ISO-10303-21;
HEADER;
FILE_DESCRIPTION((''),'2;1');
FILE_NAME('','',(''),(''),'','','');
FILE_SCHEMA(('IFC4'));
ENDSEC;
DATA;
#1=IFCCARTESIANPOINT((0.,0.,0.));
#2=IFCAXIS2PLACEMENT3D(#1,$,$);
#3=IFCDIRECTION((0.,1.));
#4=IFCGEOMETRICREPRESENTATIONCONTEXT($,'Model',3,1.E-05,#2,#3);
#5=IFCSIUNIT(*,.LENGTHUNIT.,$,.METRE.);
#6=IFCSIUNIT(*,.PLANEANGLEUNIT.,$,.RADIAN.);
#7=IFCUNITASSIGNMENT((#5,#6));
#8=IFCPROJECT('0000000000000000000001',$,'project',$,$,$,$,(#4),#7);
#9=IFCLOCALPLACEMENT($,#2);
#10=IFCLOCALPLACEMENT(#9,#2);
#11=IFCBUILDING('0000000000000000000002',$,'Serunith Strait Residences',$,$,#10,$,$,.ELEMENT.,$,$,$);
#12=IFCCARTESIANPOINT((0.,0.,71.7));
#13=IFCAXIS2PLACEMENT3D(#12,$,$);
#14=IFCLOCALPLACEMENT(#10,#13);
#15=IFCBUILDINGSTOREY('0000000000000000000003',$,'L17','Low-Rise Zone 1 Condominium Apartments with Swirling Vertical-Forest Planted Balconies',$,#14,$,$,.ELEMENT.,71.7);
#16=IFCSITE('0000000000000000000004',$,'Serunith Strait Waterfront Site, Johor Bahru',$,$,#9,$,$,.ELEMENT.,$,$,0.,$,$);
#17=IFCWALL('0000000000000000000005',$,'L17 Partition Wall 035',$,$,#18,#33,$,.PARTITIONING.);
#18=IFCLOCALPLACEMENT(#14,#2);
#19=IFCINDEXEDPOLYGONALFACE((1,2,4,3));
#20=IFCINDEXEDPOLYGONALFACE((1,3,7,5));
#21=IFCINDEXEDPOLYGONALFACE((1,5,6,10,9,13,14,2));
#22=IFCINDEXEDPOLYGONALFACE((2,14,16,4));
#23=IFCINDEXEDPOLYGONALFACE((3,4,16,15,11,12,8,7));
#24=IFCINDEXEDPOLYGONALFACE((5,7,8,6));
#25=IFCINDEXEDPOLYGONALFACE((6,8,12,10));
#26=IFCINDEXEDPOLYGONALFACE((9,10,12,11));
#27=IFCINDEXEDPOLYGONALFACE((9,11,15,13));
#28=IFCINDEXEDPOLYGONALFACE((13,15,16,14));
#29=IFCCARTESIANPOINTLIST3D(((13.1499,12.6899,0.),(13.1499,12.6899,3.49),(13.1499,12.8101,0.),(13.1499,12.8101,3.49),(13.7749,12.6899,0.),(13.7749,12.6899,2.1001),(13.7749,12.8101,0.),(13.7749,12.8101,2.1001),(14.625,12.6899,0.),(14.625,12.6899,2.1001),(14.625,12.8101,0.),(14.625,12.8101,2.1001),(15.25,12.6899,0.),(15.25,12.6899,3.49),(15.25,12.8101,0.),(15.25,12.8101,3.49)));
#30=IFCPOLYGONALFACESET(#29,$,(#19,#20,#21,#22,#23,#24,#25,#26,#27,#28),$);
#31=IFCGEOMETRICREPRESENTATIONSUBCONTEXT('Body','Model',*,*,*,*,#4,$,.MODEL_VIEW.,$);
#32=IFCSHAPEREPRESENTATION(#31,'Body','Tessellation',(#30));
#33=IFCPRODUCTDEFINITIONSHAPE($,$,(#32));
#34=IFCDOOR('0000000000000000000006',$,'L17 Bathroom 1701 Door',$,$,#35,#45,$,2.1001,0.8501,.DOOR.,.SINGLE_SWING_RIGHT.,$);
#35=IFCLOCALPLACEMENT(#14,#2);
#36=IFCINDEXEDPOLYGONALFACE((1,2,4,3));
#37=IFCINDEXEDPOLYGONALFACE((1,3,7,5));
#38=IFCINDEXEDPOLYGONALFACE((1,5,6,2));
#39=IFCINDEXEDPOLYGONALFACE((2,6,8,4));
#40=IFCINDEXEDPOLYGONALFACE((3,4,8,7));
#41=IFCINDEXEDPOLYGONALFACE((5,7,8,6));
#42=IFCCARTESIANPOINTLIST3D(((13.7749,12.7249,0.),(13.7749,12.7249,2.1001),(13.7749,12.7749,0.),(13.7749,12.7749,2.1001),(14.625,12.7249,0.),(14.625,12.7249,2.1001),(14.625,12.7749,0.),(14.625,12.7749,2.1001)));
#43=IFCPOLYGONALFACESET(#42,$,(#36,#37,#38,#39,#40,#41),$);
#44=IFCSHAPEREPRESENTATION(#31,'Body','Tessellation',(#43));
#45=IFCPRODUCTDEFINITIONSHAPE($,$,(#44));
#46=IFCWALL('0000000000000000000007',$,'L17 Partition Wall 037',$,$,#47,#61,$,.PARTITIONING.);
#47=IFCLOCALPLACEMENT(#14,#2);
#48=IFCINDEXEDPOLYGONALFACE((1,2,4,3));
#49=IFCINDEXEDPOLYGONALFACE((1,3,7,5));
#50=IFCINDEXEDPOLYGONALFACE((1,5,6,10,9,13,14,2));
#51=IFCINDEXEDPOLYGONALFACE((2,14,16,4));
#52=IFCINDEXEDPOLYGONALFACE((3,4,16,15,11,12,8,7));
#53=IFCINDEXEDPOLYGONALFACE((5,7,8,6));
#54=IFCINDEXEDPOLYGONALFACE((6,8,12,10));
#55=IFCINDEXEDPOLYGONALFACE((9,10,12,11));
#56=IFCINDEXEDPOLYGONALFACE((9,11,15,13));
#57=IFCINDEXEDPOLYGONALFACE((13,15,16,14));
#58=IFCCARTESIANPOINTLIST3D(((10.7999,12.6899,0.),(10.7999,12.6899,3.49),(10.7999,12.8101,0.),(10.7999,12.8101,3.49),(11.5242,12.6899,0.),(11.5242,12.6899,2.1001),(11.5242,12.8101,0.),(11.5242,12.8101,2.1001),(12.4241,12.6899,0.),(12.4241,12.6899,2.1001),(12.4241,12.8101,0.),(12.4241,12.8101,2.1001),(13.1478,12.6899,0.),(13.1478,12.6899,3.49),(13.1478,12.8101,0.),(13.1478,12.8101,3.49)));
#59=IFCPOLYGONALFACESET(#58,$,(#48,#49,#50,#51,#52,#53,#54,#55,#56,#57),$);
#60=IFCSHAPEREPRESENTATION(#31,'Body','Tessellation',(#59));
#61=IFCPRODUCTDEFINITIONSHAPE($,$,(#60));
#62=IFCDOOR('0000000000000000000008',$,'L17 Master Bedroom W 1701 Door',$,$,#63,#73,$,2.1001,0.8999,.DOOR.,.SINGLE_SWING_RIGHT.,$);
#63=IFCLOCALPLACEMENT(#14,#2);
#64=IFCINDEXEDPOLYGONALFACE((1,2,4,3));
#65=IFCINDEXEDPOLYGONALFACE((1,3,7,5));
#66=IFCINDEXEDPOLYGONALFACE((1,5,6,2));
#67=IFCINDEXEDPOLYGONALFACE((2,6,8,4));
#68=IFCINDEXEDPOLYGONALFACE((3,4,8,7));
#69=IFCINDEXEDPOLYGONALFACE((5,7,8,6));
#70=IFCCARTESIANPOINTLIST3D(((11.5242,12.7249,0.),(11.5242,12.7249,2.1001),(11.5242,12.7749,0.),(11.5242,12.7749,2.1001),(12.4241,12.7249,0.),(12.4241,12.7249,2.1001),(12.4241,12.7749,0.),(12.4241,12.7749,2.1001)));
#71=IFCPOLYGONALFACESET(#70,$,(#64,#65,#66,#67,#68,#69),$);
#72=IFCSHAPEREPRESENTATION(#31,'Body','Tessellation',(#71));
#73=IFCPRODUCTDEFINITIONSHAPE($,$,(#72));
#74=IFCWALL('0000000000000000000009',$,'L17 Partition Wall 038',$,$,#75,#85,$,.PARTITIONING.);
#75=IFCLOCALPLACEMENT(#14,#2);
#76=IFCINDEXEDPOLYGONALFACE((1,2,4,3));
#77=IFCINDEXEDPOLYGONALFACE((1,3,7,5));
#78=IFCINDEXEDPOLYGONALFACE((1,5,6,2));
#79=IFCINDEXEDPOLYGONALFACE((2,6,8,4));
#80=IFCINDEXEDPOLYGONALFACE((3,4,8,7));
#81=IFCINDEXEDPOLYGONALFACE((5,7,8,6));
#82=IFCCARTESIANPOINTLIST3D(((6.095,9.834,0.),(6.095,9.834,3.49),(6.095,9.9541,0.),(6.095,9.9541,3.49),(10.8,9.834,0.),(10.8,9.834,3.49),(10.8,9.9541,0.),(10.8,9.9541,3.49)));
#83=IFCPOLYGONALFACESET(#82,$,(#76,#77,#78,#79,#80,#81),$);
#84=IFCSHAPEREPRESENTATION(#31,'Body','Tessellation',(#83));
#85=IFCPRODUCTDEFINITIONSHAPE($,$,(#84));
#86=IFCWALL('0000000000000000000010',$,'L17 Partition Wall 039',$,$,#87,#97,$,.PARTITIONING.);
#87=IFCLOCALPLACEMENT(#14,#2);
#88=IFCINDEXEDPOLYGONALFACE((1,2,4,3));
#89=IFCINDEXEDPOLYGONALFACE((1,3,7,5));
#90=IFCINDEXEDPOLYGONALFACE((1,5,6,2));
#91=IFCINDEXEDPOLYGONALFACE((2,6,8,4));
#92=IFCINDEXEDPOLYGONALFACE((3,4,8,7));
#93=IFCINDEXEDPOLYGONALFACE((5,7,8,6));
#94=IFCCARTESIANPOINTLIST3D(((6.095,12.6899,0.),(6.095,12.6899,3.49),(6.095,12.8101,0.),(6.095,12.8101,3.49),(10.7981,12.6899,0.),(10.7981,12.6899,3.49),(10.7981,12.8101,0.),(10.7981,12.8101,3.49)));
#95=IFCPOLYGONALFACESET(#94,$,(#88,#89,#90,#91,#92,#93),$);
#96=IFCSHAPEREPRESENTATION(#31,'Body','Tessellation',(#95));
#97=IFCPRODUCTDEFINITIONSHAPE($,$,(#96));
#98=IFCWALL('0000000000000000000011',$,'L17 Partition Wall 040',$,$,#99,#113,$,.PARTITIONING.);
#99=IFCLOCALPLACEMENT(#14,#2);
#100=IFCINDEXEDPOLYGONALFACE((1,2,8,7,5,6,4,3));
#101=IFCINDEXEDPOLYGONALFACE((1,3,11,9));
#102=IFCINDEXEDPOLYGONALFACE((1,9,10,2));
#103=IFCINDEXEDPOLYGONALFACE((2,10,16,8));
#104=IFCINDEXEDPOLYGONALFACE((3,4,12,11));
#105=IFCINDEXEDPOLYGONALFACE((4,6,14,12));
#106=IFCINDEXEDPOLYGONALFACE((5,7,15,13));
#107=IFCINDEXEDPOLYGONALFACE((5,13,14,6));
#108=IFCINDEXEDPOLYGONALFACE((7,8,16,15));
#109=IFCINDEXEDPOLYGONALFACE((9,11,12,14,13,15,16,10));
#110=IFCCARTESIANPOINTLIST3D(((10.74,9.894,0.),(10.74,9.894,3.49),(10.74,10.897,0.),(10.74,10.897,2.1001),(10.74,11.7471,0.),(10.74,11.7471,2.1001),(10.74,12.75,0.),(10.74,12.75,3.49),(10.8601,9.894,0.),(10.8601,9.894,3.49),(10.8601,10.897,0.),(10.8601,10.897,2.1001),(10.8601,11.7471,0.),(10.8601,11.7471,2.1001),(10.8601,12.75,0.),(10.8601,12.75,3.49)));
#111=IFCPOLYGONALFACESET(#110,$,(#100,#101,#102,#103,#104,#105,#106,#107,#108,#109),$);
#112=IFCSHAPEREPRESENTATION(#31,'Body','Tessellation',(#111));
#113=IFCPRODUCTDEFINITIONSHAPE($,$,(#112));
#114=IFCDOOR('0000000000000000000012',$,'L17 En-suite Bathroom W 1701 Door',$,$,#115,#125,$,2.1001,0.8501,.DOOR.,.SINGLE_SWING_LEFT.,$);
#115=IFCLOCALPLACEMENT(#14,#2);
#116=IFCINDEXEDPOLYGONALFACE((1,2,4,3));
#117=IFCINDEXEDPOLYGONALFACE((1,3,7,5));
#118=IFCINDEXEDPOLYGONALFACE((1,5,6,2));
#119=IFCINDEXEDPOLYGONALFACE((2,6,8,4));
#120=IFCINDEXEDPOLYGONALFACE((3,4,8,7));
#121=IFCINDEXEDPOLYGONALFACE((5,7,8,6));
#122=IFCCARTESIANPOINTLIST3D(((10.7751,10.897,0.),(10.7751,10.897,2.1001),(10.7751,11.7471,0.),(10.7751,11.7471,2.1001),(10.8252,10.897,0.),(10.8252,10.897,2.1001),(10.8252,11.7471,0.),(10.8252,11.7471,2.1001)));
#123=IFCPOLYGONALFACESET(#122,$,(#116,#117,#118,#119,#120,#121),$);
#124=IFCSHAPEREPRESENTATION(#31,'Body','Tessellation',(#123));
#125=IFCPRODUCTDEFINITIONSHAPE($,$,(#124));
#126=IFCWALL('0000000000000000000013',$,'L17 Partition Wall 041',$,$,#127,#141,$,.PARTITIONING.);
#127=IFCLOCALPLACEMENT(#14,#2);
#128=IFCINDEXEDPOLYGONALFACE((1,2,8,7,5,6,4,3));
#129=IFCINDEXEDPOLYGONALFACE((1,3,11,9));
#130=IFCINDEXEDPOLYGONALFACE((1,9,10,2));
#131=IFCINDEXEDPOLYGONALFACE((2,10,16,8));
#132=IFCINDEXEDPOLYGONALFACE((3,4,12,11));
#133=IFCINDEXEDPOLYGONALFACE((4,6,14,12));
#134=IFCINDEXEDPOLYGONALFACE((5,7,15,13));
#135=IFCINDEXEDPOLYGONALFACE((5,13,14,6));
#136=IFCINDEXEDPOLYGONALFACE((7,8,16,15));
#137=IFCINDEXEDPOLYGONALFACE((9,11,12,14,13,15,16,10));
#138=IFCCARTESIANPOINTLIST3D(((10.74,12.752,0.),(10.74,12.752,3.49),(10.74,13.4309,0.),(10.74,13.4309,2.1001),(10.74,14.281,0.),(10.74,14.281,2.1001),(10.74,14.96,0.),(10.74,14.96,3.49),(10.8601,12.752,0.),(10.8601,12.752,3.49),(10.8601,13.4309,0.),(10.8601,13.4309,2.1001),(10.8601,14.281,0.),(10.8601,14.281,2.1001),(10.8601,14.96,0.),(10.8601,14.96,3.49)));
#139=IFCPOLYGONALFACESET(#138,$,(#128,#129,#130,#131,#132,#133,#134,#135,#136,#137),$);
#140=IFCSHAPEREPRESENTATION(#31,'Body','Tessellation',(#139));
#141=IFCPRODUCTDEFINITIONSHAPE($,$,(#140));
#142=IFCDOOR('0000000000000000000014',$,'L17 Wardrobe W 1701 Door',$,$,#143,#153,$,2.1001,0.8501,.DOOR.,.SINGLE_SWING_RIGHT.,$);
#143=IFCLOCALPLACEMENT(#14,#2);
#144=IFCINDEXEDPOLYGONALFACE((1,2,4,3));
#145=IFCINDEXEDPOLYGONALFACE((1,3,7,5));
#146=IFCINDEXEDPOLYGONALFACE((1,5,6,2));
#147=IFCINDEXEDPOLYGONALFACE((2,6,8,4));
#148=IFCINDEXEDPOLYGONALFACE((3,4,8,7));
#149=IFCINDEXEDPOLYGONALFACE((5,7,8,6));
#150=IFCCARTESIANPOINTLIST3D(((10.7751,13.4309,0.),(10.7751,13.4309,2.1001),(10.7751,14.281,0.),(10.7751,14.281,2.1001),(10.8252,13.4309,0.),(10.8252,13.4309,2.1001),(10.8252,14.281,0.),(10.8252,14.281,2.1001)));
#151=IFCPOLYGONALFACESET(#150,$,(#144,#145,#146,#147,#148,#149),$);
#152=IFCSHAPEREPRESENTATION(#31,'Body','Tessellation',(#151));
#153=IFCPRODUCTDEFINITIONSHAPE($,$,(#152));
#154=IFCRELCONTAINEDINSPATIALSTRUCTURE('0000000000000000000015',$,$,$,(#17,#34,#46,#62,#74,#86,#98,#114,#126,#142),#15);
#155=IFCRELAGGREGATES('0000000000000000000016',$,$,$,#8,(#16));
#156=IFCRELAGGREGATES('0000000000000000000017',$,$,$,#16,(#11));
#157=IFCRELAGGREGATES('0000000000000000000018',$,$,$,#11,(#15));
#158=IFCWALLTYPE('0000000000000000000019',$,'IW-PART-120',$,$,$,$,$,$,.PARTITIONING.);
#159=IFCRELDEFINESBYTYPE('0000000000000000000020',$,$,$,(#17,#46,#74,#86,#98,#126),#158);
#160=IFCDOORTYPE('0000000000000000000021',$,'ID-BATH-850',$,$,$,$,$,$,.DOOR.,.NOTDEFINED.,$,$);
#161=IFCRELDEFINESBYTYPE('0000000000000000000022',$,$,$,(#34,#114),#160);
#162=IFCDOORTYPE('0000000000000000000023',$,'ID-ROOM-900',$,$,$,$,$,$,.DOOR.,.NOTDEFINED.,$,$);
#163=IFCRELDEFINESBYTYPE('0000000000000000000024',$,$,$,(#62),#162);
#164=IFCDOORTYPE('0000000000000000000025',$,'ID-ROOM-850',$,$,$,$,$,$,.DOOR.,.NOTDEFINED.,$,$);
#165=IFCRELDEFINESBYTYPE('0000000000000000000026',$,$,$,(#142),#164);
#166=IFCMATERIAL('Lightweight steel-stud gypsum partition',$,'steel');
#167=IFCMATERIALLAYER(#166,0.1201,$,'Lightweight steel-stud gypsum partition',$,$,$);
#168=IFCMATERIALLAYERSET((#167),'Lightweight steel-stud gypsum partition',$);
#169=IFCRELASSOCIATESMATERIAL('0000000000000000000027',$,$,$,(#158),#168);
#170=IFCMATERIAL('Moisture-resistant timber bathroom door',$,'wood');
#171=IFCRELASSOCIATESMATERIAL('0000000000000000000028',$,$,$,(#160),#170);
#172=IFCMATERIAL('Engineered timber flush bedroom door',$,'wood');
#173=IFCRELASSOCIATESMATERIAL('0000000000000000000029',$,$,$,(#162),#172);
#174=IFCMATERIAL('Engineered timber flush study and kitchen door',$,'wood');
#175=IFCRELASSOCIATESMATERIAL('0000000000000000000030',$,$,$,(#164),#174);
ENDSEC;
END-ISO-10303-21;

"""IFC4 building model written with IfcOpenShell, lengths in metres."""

from ifc_helpers import new_model, si_unit, direction, frame, frame_2d, origin, place, context, subcontext, project, spatial, rectangle, extrude, source, transform, mapped, material, layer, layer_set, type_object, element, fill, save


model = new_model("IFC4")

# Units and contexts
model_context = context("Model", 3, precision=1e-05, world=origin(), true_north=direction((0.0, 1.0)))
body_context = subcontext(model_context, "Body", "Model", "MODEL_VIEW")
ifc_project = project(units=[si_unit("LENGTHUNIT", "METRE"), si_unit("PLANEANGLEUNIT", "RADIAN")], contexts=[model_context])

# Site, building, storey
site_placement = place(None, origin())
site = spatial("IfcSite", under=ifc_project, at=site_placement, Name="Serunith Strait Waterfront Site, Johor Bahru", CompositionType="ELEMENT", RefElevation=0.0)
building_placement = place(site_placement, origin())
building = spatial("IfcBuilding", under=site, at=building_placement, Name="Serunith Strait Residences", CompositionType="ELEMENT")
storey_placement = place(building_placement, frame((0.0, 0.0, 71.7)))
storey = spatial("IfcBuildingStorey", under=building, at=storey_placement, Name="L17", Description="Low-Rise Zone 1 Condominium Apartments with Swirling Vertical-Forest Planted Balconies", CompositionType="ELEMENT", Elevation=71.7)

# Walls, openings, doors
ifc_material_1 = material(Name="Lightweight steel-stud gypsum partition", Category="steel")
ifc_layer_1 = layer(ifc_material_1, 0.1201, Name="Lightweight steel-stud gypsum partition")
ifc_layer_set_1 = layer_set([ifc_layer_1], Name="Lightweight steel-stud gypsum partition")
wall_type_1 = type_object("IfcWallType", Name="IW-PART-120", PredefinedType="PARTITIONING", material=ifc_layer_set_1)
wall_1_placement = place(storey_placement, frame((13.1499, 12.75, 0.0), z_axis=(0.0, 0.0, 1.0), x_axis=(1.0, 0.0, 0.0)))
wall_1 = element("IfcWall", 1, at=wall_1_placement, inside=storey, type_object=wall_type_1, Name="L17 Partition Wall 035", PredefinedType="PARTITIONING", context=body_context, shape_type="SweptSolid", body=[
    extrude(rectangle(XDim=2.1001, YDim=0.1201, at=frame_2d((1.05, 0.0))), origin(), (0.0, 0.0, 1.0), 3.49),
])
opening_1_placement = place(wall_1_placement, frame((0.625, 0.0, 0.0)))
opening_1 = element("IfcOpeningElement", 2, at=opening_1_placement, cuts=wall_1, PredefinedType="OPENING", context=body_context, shape_type="SweptSolid", body=[
    extrude(rectangle(XDim=0.8501, YDim=2.1001, at=frame_2d((0.425, 1.05))), frame((0.0, 0.0701, 0.0), z_axis=(0.0, -1.0, 0.0), x_axis=(1.0, 0.0, 0.0)), (0.0, 0.0, 1.0), 0.1401),
])
ifc_material_2 = material(Name="Moisture-resistant timber bathroom door", Category="wood")
door_type_1 = type_object("IfcDoorType", Name="ID-BATH-850", OperationType="NOTDEFINED", PredefinedType="DOOR", material=ifc_material_2)
shared_shape_1 = source(origin(), body_context, "Body", "SweptSolid", [
    extrude(rectangle(XDim=0.8501, YDim=2.1001, at=frame_2d((0.425, 1.05))), frame((0.0, 0.0249, 0.0), z_axis=(0.0, -1.0, 0.0), x_axis=(1.0, 0.0, 0.0)), (0.0, 0.0, 1.0), 0.05),
])
door_1_placement = place(opening_1_placement, origin())
door_1 = element("IfcDoor", 3, at=door_1_placement, inside=storey, type_object=door_type_1, Name="L17 Bathroom 1701 Door", OperationType="SINGLE_SWING_RIGHT", OverallHeight=2.1001, OverallWidth=0.8501, PredefinedType="DOOR", context=body_context, shape_type="MappedRepresentation", body=[
    mapped(shared_shape_1, transform((0.0, 0.0, 0.0), scale=1.0)),
])
fill(opening_1, door_1)
wall_2_placement = place(storey_placement, frame((10.8, 12.75, 0.0), z_axis=(0.0, 0.0, 1.0), x_axis=(1.0, 0.0, 0.0)))
wall_2 = element("IfcWall", 4, at=wall_2_placement, inside=storey, type_object=wall_type_1, Name="L17 Partition Wall 037", PredefinedType="PARTITIONING", context=body_context, shape_type="SweptSolid", body=[
    extrude(rectangle(XDim=2.3479, YDim=0.1201, at=frame_2d((1.1738, 0.0))), origin(), (0.0, 0.0, 1.0), 3.49),
])
opening_2_placement = place(wall_2_placement, frame((0.7241, 0.0, 0.0)))
opening_2 = element("IfcOpeningElement", 5, at=opening_2_placement, cuts=wall_2, PredefinedType="OPENING", context=body_context, shape_type="SweptSolid", body=[
    extrude(rectangle(XDim=0.8999, YDim=2.1001, at=frame_2d((0.45, 1.05))), frame((0.0, 0.0701, 0.0), z_axis=(0.0, -1.0, 0.0), x_axis=(1.0, 0.0, 0.0)), (0.0, 0.0, 1.0), 0.1401),
])
ifc_material_3 = material(Name="Engineered timber flush bedroom door", Category="wood")
door_type_2 = type_object("IfcDoorType", Name="ID-ROOM-900", OperationType="NOTDEFINED", PredefinedType="DOOR", material=ifc_material_3)
shared_shape_2 = source(origin(), body_context, "Body", "SweptSolid", [
    extrude(rectangle(XDim=0.8999, YDim=2.1001, at=frame_2d((0.45, 1.05))), frame((0.0, 0.0249, 0.0), z_axis=(0.0, -1.0, 0.0), x_axis=(1.0, 0.0, 0.0)), (0.0, 0.0, 1.0), 0.05),
])
door_2_placement = place(opening_2_placement, origin())
door_2 = element("IfcDoor", 6, at=door_2_placement, inside=storey, type_object=door_type_2, Name="L17 Master Bedroom W 1701 Door", OperationType="SINGLE_SWING_RIGHT", OverallHeight=2.1001, OverallWidth=0.8999, PredefinedType="DOOR", context=body_context, shape_type="MappedRepresentation", body=[
    mapped(shared_shape_2, transform((0.0, 0.0, 0.0), scale=1.0)),
])
fill(opening_2, door_2)

# Walls
wall_3_placement = place(storey_placement, frame((6.095, 9.894, 0.0), z_axis=(0.0, 0.0, 1.0), x_axis=(1.0, 0.0, 0.0)))
element("IfcWall", 7, at=wall_3_placement, inside=storey, type_object=wall_type_1, Name="L17 Partition Wall 038", PredefinedType="PARTITIONING", context=body_context, shape_type="SweptSolid", body=[
    extrude(rectangle(XDim=4.7051, YDim=0.1201, at=frame_2d((2.3525, 0.0))), origin(), (0.0, 0.0, 1.0), 3.49),
])
wall_4_placement = place(storey_placement, frame((6.095, 12.75, 0.0), z_axis=(0.0, 0.0, 1.0), x_axis=(1.0, 0.0, 0.0)))
element("IfcWall", 8, at=wall_4_placement, inside=storey, type_object=wall_type_1, Name="L17 Partition Wall 039", PredefinedType="PARTITIONING", context=body_context, shape_type="SweptSolid", body=[
    extrude(rectangle(XDim=4.7031, YDim=0.1201, at=frame_2d((2.3516, 0.0))), origin(), (0.0, 0.0, 1.0), 3.49),
])

# Walls, openings, doors
wall_5_placement = place(storey_placement, frame((10.8, 9.894, 0.0), z_axis=(0.0, 0.0, 1.0), x_axis=(0.0, 1.0, 0.0)))
wall_5 = element("IfcWall", 9, at=wall_5_placement, inside=storey, type_object=wall_type_1, Name="L17 Partition Wall 040", PredefinedType="PARTITIONING", context=body_context, shape_type="SweptSolid", body=[
    extrude(rectangle(XDim=2.856, YDim=0.1201, at=frame_2d((1.428, 0.0))), origin(), (0.0, 0.0, 1.0), 3.49),
])
opening_3_placement = place(wall_5_placement, frame((1.0029, 0.0, 0.0)))
opening_3 = element("IfcOpeningElement", 10, at=opening_3_placement, cuts=wall_5, PredefinedType="OPENING", context=body_context, shape_type="SweptSolid", body=[
    extrude(rectangle(XDim=0.8501, YDim=2.1001, at=frame_2d((0.425, 1.05))), frame((0.0, 0.0701, 0.0), z_axis=(0.0, -1.0, 0.0), x_axis=(1.0, 0.0, 0.0)), (0.0, 0.0, 1.0), 0.1401),
])
door_3_placement = place(opening_3_placement, origin())
door_3 = element("IfcDoor", 11, at=door_3_placement, inside=storey, type_object=door_type_1, Name="L17 En-suite Bathroom W 1701 Door", OperationType="SINGLE_SWING_LEFT", OverallHeight=2.1001, OverallWidth=0.8501, PredefinedType="DOOR", context=body_context, shape_type="MappedRepresentation", body=[
    mapped(shared_shape_1, transform((0.0, 0.0, 0.0), scale=1.0)),
])
fill(opening_3, door_3)
wall_6_placement = place(storey_placement, frame((10.8, 12.752, 0.0), z_axis=(0.0, 0.0, 1.0), x_axis=(0.0, 1.0, 0.0)))
wall_6 = element("IfcWall", 12, at=wall_6_placement, inside=storey, type_object=wall_type_1, Name="L17 Partition Wall 041", PredefinedType="PARTITIONING", context=body_context, shape_type="SweptSolid", body=[
    extrude(rectangle(XDim=2.208, YDim=0.1201, at=frame_2d((1.104, 0.0))), origin(), (0.0, 0.0, 1.0), 3.49),
])
opening_4_placement = place(wall_6_placement, frame((0.679, 0.0, 0.0)))
opening_4 = element("IfcOpeningElement", 13, at=opening_4_placement, cuts=wall_6, PredefinedType="OPENING", context=body_context, shape_type="SweptSolid", body=[
    extrude(rectangle(XDim=0.8501, YDim=2.1001, at=frame_2d((0.425, 1.05))), frame((0.0, 0.0701, 0.0), z_axis=(0.0, -1.0, 0.0), x_axis=(1.0, 0.0, 0.0)), (0.0, 0.0, 1.0), 0.1401),
])
ifc_material_4 = material(Name="Engineered timber flush study and kitchen door", Category="wood")
door_type_3 = type_object("IfcDoorType", Name="ID-ROOM-850", OperationType="NOTDEFINED", PredefinedType="DOOR", material=ifc_material_4)
door_4_placement = place(opening_4_placement, origin())
door_4 = element("IfcDoor", 14, at=door_4_placement, inside=storey, type_object=door_type_3, Name="L17 Wardrobe W 1701 Door", OperationType="SINGLE_SWING_RIGHT", OverallHeight=2.1001, OverallWidth=0.8501, PredefinedType="DOOR", context=body_context, shape_type="MappedRepresentation", body=[
    mapped(shared_shape_1, transform((0.0, 0.0, 0.0), scale=1.0)),
])
fill(opening_4, door_4)

save(model, "model.ifc")
